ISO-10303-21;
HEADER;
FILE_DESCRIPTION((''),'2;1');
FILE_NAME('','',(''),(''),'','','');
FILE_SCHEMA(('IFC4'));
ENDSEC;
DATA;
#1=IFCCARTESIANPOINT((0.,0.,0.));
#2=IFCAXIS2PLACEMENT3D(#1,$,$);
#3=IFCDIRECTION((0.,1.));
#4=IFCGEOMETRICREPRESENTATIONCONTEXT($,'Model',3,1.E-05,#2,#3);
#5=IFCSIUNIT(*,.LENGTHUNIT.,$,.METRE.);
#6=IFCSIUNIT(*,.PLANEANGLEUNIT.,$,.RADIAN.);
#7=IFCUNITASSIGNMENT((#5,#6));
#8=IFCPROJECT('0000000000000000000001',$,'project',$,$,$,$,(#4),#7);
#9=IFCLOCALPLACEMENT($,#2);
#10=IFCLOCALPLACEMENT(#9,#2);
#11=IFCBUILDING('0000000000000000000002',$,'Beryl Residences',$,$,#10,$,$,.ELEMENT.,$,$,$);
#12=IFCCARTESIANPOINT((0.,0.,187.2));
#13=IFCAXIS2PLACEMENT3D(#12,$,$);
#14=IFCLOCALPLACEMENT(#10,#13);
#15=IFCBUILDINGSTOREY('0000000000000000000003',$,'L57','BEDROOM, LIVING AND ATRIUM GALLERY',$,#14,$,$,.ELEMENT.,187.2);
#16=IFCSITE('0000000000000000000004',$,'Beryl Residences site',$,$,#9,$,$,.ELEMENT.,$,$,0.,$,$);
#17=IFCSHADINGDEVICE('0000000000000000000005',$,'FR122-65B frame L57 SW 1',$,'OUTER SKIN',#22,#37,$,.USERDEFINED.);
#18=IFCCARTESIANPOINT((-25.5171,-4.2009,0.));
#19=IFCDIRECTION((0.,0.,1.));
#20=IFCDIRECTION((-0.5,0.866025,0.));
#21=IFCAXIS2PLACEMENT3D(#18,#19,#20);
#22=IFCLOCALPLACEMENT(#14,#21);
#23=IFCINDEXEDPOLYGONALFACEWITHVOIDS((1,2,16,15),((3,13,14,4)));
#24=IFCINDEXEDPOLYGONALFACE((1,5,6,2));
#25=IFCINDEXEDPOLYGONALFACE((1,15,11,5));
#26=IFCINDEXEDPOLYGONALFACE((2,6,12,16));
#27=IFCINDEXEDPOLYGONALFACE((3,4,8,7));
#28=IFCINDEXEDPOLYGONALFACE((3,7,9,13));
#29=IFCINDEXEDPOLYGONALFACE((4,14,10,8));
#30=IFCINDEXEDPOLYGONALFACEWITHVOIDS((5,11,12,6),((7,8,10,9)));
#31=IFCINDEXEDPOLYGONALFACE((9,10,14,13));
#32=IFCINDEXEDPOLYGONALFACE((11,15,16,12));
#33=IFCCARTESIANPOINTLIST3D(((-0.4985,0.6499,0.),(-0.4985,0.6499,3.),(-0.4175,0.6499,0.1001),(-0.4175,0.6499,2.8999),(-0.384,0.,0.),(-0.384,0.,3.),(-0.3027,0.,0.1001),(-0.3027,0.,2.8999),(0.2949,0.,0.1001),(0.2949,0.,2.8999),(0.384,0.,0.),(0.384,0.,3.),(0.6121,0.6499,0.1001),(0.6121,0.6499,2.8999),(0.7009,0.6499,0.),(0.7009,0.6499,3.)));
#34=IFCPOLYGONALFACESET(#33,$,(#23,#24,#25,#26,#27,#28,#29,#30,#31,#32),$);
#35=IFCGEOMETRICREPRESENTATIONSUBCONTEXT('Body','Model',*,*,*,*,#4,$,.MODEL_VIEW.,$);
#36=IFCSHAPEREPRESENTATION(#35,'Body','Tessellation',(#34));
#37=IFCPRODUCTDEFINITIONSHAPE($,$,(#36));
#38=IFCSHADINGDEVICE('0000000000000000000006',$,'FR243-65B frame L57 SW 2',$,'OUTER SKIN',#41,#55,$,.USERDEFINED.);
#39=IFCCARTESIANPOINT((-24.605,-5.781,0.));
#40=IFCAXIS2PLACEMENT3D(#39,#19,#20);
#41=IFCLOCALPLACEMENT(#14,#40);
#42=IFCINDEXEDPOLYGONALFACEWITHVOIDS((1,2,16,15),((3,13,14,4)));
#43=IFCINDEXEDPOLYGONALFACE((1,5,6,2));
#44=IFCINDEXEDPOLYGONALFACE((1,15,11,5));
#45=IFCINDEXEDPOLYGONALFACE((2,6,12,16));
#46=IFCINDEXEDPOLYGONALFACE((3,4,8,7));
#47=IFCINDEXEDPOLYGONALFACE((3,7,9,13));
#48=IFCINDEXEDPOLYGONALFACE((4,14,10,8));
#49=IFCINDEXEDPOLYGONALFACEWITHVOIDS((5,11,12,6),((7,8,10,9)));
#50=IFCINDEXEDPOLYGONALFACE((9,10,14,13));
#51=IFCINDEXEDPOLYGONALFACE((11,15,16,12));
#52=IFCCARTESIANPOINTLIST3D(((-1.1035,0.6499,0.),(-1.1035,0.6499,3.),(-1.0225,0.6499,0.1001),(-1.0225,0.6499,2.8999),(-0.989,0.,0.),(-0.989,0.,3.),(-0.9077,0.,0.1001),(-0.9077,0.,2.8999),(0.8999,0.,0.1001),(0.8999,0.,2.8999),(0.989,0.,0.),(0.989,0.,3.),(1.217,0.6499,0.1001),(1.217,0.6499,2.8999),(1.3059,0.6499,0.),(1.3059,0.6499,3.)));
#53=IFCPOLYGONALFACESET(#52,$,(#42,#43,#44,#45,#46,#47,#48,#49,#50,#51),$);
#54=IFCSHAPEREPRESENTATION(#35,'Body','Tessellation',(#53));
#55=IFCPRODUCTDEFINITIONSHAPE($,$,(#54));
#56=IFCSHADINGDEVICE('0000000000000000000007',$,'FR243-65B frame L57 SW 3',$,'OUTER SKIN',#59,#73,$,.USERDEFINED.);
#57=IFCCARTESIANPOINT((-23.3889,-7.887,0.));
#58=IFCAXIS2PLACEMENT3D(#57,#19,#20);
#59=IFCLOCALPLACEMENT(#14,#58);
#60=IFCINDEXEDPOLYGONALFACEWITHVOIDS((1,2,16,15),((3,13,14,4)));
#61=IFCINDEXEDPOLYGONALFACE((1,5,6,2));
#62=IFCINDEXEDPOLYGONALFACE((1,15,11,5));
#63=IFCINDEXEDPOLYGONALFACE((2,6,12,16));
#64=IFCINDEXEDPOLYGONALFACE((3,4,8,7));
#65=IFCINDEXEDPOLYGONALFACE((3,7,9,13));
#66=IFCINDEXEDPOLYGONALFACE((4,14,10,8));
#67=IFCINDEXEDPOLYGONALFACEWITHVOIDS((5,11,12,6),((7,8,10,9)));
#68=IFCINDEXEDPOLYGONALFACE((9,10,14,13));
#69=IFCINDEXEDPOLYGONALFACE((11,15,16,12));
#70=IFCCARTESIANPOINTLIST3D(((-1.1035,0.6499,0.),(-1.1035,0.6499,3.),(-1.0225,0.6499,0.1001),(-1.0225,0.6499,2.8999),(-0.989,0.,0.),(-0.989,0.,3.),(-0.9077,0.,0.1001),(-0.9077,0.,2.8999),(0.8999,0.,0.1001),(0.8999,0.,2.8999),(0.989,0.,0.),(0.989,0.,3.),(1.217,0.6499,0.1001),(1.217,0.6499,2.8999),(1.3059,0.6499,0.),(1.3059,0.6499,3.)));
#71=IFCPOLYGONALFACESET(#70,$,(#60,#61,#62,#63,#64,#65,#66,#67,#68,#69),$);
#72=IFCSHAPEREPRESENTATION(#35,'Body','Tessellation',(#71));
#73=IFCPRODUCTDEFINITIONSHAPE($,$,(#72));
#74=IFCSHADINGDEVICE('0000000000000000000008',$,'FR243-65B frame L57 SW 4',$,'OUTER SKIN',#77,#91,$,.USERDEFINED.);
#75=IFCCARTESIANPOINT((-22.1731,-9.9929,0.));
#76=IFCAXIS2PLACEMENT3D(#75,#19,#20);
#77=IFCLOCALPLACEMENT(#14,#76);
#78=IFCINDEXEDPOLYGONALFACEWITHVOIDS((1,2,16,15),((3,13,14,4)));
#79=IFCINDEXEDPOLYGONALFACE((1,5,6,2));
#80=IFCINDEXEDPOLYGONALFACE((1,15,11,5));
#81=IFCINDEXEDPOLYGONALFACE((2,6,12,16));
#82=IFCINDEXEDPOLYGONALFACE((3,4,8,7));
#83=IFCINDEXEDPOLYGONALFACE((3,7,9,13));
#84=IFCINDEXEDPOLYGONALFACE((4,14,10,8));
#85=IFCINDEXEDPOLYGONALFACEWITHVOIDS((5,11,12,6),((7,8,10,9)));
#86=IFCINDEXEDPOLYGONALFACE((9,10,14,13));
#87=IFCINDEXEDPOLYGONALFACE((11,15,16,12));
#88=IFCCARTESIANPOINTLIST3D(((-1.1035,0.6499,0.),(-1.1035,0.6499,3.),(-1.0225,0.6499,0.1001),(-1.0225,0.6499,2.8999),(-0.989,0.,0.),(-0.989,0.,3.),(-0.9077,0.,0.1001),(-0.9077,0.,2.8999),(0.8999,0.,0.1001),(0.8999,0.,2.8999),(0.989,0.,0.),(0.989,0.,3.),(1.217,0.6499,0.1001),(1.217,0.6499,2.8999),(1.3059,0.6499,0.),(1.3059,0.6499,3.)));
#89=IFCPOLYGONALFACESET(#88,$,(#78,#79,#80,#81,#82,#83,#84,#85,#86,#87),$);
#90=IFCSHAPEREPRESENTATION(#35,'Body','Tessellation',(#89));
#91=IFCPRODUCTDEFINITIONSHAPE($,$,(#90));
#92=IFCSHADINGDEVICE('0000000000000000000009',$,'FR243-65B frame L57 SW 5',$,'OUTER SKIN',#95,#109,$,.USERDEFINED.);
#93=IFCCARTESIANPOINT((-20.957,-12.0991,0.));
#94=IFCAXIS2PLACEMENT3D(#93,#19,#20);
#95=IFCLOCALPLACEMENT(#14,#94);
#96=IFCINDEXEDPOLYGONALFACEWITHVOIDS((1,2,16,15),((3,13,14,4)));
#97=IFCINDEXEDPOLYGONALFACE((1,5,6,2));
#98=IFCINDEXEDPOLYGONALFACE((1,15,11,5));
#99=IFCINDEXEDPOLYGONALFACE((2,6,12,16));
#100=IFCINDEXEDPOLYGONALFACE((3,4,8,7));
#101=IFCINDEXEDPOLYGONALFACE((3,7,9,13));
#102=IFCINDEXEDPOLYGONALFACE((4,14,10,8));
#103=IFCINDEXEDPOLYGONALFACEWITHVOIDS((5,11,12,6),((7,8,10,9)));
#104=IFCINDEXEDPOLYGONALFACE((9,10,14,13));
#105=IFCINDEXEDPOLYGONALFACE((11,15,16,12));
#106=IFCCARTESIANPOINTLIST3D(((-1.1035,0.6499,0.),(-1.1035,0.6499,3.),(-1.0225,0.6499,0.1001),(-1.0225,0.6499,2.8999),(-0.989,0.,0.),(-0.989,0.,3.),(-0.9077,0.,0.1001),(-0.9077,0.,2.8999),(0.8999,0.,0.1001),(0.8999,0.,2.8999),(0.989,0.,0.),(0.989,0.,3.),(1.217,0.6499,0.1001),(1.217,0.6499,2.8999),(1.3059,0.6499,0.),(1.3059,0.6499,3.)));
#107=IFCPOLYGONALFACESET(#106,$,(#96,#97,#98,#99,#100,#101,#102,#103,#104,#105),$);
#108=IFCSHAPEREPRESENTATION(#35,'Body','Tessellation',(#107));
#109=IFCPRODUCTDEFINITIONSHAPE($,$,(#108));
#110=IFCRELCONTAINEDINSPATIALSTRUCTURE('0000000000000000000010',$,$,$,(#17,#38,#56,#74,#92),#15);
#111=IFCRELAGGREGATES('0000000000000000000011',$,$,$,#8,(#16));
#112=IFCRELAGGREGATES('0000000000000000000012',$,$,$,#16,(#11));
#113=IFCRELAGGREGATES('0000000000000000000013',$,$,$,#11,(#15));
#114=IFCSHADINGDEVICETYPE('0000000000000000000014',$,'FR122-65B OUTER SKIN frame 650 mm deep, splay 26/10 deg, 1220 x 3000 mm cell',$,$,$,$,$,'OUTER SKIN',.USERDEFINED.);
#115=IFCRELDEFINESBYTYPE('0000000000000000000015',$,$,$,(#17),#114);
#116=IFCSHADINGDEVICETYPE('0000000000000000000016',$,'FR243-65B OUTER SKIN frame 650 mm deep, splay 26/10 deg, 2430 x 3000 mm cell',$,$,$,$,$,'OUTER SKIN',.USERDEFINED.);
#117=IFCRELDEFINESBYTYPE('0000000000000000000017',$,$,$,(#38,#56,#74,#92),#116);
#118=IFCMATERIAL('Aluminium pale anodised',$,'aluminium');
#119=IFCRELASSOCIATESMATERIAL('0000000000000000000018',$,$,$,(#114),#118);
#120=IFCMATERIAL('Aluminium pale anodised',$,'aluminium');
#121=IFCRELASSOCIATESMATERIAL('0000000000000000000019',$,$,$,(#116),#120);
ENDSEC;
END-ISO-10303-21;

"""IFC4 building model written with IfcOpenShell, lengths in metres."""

from ifc_helpers import new_model, entity, si_unit, direction, frame, origin, place, context, subcontext, project, spatial, source, transform, mapped, material, type_object, type_shapes, element, save


model = new_model("IFC4")

# Units and contexts
model_context = context("Model", 3, precision=1e-05, world=origin(), true_north=direction((0.0, 1.0)))
body_context = subcontext(model_context, "Body", "Model", "MODEL_VIEW")
ifc_project = project(units=[si_unit("LENGTHUNIT", "METRE"), si_unit("PLANEANGLEUNIT", "RADIAN")], contexts=[model_context])

# Site, building, storey
site_placement = place(None, origin())
site = spatial("IfcSite", under=ifc_project, at=site_placement, Name="Beryl Residences site", CompositionType="ELEMENT", RefElevation=0.0)
building_placement = place(site_placement, origin())
building = spatial("IfcBuilding", under=site, at=building_placement, Name="Beryl Residences", CompositionType="ELEMENT")
storey_placement = place(building_placement, frame((0.0, 0.0, 187.2)))
storey = spatial("IfcBuildingStorey", under=building, at=storey_placement, Name="L57", Description="BEDROOM, LIVING AND ATRIUM GALLERY", CompositionType="ELEMENT", Elevation=187.2)

# Shading devices
ifc_material_1 = material(Name="Aluminium pale anodised", Category="aluminium")
shading_device_type_1 = type_object("IfcShadingDeviceType", Name="FR122-65B OUTER SKIN frame 650 mm deep, splay 26/10 deg, 1220 x 3000 mm cell", ElementType="OUTER SKIN", PredefinedType="USERDEFINED", material=ifc_material_1)
cartesian_point_1 = entity("IfcCartesianPoint", [-0.384, 0.0])
cartesian_point_2 = entity("IfcCartesianPoint", [-0.2949, 0.1001])
cartesian_point_3 = entity("IfcCartesianPoint", [-0.7009, 0.0])
cartesian_point_4 = entity("IfcCartesianPoint", [-0.6121, 0.1001])
shared_shape_1 = source(origin(), body_context, "Body", "SweptSolid", [
    entity("IfcExtrudedAreaSolidTapered", entity("IfcArbitraryProfileDefWithVoids", "AREA", None, entity("IfcPolyline", [cartesian_point_1, entity("IfcCartesianPoint", [0.384, 0.0]), entity("IfcCartesianPoint", [0.384, 3.0]), entity("IfcCartesianPoint", [-0.384, 3.0]), cartesian_point_1]), [entity("IfcPolyline", [cartesian_point_2, entity("IfcCartesianPoint", [0.3027, 0.1001]), entity("IfcCartesianPoint", [0.3027, 2.8999]), entity("IfcCartesianPoint", [-0.2949, 2.8999]), cartesian_point_2])]), entity("IfcAxis2Placement3D", entity("IfcCartesianPoint", [0.0, 0.0, 0.0]), entity("IfcDirection", [0.0, 1.0, 0.0]), entity("IfcDirection", [-1.0, 0.0, 0.0])), entity("IfcDirection", [0.0, 0.0, 1.0]), 0.6499, entity("IfcArbitraryProfileDefWithVoids", "AREA", None, entity("IfcPolyline", [cartesian_point_3, entity("IfcCartesianPoint", [0.4985, 0.0]), entity("IfcCartesianPoint", [0.4985, 3.0]), entity("IfcCartesianPoint", [-0.7009, 3.0]), cartesian_point_3]), [entity("IfcPolyline", [cartesian_point_4, entity("IfcCartesianPoint", [0.4175, 0.1001]), entity("IfcCartesianPoint", [0.4175, 2.8999]), entity("IfcCartesianPoint", [-0.6121, 2.8999]), cartesian_point_4])])),
])
type_shapes(shading_device_type_1, [shared_shape_1])
shading_device_placement = place(storey_placement, frame((-25.5171, -4.2009, 0.0), z_axis=(0.0, 0.0, 1.0), x_axis=(-0.5, 0.866025, 0.0)))
element("IfcShadingDevice", 1, at=shading_device_placement, inside=storey, type_object=shading_device_type_1, Name="FR122-65B frame L57 SW 1", ObjectType="OUTER SKIN", PredefinedType="USERDEFINED", context=body_context, shape_type="MappedRepresentation", body=[
    mapped(shared_shape_1, transform((0.0, 0.0, 0.0))),
])
ifc_material_2 = material(Name="Aluminium pale anodised", Category="aluminium")
shading_device_type_2 = type_object("IfcShadingDeviceType", Name="FR243-65B OUTER SKIN frame 650 mm deep, splay 26/10 deg, 2430 x 3000 mm cell", ElementType="OUTER SKIN", PredefinedType="USERDEFINED", material=ifc_material_2)
cartesian_point_5 = entity("IfcCartesianPoint", [-0.989, 0.0])
cartesian_point_6 = entity("IfcCartesianPoint", [-0.8999, 0.1001])
cartesian_point_7 = entity("IfcCartesianPoint", [-1.3059, 0.0])
cartesian_point_8 = entity("IfcCartesianPoint", [-1.217, 0.1001])
shared_shape_2 = source(origin(), body_context, "Body", "SweptSolid", [
    entity("IfcExtrudedAreaSolidTapered", entity("IfcArbitraryProfileDefWithVoids", "AREA", None, entity("IfcPolyline", [cartesian_point_5, entity("IfcCartesianPoint", [0.989, 0.0]), entity("IfcCartesianPoint", [0.989, 3.0]), entity("IfcCartesianPoint", [-0.989, 3.0]), cartesian_point_5]), [entity("IfcPolyline", [cartesian_point_6, entity("IfcCartesianPoint", [0.9077, 0.1001]), entity("IfcCartesianPoint", [0.9077, 2.8999]), entity("IfcCartesianPoint", [-0.8999, 2.8999]), cartesian_point_6])]), entity("IfcAxis2Placement3D", entity("IfcCartesianPoint", [0.0, 0.0, 0.0]), entity("IfcDirection", [0.0, 1.0, 0.0]), entity("IfcDirection", [-1.0, 0.0, 0.0])), entity("IfcDirection", [0.0, 0.0, 1.0]), 0.6499, entity("IfcArbitraryProfileDefWithVoids", "AREA", None, entity("IfcPolyline", [cartesian_point_7, entity("IfcCartesianPoint", [1.1035, 0.0]), entity("IfcCartesianPoint", [1.1035, 3.0]), entity("IfcCartesianPoint", [-1.3059, 3.0]), cartesian_point_7]), [entity("IfcPolyline", [cartesian_point_8, entity("IfcCartesianPoint", [1.0225, 0.1001]), entity("IfcCartesianPoint", [1.0225, 2.8999]), entity("IfcCartesianPoint", [-1.217, 2.8999]), cartesian_point_8])])),
])
type_shapes(shading_device_type_2, [shared_shape_2])
for number, where, z_axis, x_axis, name in (
    (2, (-24.605, -5.781, 0.0), (0.0, 0.0, 1.0), (-0.5, 0.866025, 0.0), "FR243-65B frame L57 SW 2"),
    (3, (-23.3889, -7.887, 0.0), (0.0, 0.0, 1.0), (-0.5, 0.866025, 0.0), "FR243-65B frame L57 SW 3"),
    (4, (-22.1731, -9.9929, 0.0), (0.0, 0.0, 1.0), (-0.5, 0.866025, 0.0), "FR243-65B frame L57 SW 4"),
    (5, (-20.957, -12.0991, 0.0), (0.0, 0.0, 1.0), (-0.5, 0.866025, 0.0), "FR243-65B frame L57 SW 5"),
):
    element("IfcShadingDevice", number, at=place(storey_placement, frame(where, z_axis=z_axis, x_axis=x_axis)), inside=storey, type_object=shading_device_type_2, Name=name, ObjectType="OUTER SKIN", PredefinedType="USERDEFINED", context=body_context, shape_type="MappedRepresentation", body=[
        mapped(shared_shape_2, transform((0.0, 0.0, 0.0))),
    ])

save(model, "model.ifc")
